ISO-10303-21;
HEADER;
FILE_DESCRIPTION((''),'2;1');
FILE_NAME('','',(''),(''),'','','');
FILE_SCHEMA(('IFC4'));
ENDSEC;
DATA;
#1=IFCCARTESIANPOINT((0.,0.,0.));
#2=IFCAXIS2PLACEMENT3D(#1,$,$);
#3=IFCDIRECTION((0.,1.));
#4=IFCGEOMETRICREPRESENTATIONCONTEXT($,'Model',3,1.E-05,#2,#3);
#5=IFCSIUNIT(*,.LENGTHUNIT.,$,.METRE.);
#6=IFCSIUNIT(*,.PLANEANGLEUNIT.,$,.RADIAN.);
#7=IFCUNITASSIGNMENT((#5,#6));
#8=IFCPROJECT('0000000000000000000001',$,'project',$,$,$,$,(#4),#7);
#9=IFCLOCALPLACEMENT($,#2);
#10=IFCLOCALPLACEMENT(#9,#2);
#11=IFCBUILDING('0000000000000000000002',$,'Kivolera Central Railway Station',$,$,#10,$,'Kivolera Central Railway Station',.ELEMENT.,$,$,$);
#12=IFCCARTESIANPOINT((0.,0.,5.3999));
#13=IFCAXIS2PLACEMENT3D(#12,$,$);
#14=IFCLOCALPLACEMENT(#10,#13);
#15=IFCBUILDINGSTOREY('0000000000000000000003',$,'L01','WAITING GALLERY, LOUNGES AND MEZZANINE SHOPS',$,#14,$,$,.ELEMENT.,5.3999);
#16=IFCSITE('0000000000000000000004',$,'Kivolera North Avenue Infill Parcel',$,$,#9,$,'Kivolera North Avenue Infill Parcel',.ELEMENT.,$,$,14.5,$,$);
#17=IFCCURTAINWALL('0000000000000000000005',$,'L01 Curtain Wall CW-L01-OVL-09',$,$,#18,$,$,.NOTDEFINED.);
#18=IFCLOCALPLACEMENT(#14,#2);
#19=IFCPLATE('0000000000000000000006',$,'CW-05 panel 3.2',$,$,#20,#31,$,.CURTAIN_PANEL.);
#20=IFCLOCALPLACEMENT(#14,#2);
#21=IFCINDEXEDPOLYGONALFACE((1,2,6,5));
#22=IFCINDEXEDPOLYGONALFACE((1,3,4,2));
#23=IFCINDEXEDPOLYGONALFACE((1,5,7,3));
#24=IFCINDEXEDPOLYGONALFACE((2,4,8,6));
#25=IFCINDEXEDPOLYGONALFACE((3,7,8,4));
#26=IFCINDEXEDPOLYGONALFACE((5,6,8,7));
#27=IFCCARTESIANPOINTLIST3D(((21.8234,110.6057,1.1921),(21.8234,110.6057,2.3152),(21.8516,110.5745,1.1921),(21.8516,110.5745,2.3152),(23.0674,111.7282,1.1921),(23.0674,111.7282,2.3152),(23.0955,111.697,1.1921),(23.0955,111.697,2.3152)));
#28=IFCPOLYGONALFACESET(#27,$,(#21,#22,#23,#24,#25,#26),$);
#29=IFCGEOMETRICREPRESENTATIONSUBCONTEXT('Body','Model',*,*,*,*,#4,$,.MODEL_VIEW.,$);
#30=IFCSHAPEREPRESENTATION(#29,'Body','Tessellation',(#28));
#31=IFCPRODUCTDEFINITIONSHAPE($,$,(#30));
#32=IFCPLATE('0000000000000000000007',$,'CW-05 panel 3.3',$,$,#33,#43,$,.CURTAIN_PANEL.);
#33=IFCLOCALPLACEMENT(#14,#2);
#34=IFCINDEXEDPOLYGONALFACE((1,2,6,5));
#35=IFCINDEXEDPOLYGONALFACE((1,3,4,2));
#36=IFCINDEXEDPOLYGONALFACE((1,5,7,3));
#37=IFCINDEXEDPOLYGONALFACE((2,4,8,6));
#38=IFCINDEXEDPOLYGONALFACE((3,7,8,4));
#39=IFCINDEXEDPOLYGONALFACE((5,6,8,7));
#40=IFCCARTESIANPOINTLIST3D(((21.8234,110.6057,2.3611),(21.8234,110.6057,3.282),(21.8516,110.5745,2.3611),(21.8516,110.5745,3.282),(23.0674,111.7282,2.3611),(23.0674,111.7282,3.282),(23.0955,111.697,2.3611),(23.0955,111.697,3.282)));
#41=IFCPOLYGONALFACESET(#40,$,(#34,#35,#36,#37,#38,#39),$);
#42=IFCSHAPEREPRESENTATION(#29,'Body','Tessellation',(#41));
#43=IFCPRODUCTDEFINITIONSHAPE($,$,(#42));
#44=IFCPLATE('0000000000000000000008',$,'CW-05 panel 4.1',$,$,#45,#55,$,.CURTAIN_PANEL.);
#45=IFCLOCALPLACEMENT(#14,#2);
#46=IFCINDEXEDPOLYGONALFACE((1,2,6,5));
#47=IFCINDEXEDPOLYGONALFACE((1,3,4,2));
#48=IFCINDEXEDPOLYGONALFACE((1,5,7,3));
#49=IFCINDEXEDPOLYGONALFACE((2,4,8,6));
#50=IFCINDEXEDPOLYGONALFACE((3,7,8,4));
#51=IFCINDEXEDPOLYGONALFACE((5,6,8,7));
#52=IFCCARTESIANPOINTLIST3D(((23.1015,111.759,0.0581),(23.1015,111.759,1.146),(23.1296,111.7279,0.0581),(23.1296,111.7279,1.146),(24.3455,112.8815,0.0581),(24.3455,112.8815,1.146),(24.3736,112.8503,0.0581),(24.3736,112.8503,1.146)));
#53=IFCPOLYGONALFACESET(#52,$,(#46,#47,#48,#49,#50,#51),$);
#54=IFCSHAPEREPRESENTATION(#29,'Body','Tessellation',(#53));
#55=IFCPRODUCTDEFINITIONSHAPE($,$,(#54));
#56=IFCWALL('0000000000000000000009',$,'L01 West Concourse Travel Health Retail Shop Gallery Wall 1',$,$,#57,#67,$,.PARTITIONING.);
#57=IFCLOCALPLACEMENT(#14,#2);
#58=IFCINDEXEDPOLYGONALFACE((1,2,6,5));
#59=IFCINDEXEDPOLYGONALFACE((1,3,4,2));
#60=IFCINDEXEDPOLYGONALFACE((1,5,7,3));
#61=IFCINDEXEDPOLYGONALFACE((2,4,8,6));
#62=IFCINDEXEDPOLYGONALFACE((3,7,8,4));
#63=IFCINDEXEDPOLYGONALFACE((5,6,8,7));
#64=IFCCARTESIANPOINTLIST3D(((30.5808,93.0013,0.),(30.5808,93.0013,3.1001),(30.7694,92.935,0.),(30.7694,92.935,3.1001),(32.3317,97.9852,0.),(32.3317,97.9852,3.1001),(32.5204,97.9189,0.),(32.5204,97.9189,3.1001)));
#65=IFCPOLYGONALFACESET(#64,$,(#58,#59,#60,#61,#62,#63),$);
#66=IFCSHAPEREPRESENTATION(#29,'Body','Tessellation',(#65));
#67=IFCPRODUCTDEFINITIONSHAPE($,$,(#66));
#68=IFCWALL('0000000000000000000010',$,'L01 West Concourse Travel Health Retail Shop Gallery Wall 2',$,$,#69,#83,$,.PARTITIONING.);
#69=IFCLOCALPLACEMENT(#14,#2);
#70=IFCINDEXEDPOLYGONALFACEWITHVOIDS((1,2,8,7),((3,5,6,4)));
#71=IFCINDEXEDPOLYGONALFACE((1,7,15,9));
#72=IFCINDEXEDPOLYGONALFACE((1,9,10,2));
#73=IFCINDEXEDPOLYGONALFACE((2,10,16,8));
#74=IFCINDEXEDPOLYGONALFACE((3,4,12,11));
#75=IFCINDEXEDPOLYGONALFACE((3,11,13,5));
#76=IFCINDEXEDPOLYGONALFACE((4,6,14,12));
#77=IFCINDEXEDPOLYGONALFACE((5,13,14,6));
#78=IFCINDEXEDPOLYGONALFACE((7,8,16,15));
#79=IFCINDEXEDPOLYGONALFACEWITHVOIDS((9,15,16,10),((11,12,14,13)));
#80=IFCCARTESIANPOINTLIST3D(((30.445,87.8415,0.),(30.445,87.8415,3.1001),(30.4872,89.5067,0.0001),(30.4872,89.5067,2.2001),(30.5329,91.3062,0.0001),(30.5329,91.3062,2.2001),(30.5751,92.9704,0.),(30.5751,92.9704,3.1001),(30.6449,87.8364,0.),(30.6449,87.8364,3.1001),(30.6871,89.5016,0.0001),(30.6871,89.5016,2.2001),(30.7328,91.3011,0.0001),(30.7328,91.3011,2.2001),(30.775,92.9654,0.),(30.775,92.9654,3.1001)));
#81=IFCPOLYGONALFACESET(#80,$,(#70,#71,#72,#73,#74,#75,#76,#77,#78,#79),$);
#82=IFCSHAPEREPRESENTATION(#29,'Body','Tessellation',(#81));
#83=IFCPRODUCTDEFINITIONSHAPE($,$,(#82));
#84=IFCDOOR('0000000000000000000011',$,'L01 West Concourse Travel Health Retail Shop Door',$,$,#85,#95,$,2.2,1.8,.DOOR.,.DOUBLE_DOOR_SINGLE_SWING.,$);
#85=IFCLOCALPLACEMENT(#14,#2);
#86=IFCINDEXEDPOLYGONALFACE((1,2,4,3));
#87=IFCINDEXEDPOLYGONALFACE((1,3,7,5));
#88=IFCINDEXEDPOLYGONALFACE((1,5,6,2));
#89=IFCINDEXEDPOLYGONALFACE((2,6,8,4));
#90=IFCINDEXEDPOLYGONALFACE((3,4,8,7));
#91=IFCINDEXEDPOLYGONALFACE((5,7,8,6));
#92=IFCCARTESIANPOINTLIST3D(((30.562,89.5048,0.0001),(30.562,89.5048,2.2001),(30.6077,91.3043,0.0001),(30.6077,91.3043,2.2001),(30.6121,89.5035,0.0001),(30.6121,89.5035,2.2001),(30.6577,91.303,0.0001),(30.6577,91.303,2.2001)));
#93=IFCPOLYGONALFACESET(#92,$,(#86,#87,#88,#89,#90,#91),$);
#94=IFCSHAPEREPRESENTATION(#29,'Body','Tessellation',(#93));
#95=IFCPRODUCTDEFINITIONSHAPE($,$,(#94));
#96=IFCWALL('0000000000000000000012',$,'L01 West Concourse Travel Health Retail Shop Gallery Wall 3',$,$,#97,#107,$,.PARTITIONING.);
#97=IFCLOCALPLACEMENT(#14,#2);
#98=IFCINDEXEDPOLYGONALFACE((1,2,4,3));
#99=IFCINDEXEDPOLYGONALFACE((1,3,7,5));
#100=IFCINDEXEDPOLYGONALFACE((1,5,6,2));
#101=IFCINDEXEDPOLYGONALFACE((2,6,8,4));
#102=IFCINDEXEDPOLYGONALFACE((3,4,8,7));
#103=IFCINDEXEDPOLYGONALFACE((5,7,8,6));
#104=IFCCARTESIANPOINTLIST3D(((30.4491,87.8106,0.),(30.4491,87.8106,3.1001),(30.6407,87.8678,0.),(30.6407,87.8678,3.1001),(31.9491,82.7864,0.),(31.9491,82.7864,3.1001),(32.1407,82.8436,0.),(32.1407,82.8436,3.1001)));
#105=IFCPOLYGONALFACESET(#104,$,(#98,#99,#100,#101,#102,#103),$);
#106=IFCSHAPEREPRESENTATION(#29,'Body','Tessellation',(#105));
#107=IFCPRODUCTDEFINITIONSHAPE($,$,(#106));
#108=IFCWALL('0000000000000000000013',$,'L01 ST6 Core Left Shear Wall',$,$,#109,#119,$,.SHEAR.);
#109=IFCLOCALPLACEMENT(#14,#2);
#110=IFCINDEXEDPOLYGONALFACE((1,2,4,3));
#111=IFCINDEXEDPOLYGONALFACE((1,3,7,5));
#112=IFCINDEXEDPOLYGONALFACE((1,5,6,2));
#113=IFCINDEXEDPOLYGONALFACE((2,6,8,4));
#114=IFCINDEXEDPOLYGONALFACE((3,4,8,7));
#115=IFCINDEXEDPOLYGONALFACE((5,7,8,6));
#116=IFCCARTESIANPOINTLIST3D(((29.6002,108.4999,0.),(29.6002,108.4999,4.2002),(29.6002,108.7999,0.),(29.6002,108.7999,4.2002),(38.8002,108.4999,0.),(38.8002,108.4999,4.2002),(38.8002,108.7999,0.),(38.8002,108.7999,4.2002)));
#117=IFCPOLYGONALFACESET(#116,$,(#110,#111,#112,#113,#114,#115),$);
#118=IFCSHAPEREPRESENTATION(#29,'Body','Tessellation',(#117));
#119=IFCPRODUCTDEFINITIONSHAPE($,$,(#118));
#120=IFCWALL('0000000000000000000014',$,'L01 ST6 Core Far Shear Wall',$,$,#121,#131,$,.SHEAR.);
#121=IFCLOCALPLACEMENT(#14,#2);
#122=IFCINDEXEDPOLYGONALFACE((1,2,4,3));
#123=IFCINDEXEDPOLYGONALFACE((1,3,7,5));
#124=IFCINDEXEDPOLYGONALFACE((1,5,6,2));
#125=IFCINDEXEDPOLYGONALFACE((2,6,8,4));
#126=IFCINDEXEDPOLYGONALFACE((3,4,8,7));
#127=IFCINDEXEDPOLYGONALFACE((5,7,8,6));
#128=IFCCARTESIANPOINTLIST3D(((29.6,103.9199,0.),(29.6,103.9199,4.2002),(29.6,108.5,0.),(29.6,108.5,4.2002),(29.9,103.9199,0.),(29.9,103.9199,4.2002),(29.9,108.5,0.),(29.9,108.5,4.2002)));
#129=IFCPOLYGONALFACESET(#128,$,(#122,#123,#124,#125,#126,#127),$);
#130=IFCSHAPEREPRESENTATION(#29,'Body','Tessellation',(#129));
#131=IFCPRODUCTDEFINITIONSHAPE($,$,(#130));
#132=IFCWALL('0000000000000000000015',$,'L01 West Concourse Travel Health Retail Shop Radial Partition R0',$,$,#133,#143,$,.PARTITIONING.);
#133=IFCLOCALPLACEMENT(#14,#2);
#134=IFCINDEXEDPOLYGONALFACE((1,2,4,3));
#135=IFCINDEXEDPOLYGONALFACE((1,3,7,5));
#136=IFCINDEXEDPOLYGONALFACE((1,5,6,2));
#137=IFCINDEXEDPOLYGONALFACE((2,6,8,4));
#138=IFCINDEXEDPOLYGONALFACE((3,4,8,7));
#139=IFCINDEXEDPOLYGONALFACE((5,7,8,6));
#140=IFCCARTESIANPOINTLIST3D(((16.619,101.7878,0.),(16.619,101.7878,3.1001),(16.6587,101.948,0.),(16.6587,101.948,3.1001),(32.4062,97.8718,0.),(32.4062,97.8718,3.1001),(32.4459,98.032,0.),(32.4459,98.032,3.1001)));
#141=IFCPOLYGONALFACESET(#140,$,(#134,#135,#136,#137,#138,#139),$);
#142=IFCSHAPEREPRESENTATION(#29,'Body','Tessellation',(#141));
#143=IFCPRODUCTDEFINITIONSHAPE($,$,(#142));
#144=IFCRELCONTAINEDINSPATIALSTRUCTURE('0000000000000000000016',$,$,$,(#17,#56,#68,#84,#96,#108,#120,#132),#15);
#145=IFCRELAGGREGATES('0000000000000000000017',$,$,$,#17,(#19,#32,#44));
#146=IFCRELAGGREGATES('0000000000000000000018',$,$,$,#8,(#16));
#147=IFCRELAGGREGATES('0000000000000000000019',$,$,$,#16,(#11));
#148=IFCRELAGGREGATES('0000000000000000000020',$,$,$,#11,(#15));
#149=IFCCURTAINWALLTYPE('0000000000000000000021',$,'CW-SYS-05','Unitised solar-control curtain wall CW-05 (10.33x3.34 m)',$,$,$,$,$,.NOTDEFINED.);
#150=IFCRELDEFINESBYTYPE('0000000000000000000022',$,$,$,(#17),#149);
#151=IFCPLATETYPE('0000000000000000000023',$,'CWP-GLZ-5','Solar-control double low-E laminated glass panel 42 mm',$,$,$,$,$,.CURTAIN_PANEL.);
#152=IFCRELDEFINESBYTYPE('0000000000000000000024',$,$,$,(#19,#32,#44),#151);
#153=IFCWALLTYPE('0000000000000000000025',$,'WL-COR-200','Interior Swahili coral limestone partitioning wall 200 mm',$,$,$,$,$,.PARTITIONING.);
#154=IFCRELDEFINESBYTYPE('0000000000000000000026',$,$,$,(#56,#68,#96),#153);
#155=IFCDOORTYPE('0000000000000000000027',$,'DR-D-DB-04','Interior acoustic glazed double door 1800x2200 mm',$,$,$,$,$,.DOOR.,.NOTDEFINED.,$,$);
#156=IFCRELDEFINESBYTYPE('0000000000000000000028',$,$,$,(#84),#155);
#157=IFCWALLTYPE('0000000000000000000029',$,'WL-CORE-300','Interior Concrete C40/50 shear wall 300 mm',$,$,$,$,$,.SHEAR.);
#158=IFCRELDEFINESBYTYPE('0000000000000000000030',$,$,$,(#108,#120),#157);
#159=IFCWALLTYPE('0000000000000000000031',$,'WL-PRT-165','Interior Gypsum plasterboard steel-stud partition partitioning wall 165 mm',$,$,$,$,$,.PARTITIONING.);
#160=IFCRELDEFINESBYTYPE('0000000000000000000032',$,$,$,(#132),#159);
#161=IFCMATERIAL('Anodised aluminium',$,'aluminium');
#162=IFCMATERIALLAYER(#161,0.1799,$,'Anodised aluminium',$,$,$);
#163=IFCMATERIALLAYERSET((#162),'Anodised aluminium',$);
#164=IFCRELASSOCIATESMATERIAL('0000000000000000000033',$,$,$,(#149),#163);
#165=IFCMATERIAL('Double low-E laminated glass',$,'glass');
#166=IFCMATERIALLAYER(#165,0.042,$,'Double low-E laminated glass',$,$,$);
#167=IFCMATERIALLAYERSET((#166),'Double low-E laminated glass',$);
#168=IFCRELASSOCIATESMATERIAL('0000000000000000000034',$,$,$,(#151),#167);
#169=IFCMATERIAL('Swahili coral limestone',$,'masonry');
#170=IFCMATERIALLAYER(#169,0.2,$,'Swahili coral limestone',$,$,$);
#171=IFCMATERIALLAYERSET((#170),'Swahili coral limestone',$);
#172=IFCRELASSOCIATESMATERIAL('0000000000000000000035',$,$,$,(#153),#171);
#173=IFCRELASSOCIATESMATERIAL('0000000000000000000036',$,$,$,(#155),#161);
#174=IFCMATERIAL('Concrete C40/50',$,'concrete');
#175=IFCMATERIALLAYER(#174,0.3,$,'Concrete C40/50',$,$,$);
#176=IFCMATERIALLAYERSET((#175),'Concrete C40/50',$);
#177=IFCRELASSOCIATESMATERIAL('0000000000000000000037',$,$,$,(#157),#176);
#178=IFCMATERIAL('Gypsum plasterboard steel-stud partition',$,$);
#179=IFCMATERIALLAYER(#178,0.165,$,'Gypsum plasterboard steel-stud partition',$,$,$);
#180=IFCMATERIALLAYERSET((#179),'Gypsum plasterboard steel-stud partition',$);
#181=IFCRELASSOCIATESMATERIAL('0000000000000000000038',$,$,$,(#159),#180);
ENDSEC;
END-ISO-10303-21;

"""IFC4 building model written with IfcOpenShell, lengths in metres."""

from ifc_helpers import new_model, si_unit, direction, frame, frame_2d, origin, origin_2d, place, context, subcontext, project, spatial, rectangle, extrude, material, layer, layer_set, type_object, element, fill, aggregate, save


model = new_model("IFC4")

# Units and contexts
model_context = context("Model", 3, precision=1e-05, world=origin(), true_north=direction((0.0, 1.0)))
body_context = subcontext(model_context, "Body", "Model", "MODEL_VIEW")
ifc_project = project(units=[si_unit("LENGTHUNIT", "METRE"), si_unit("PLANEANGLEUNIT", "RADIAN")], contexts=[model_context])

# Site, building, storey
site_placement = place(None, origin())
site = spatial("IfcSite", under=ifc_project, at=site_placement, Name="Kivolera North Avenue Infill Parcel", LongName="Kivolera North Avenue Infill Parcel", CompositionType="ELEMENT", RefElevation=14.5)
building_placement = place(site_placement, origin())
building = spatial("IfcBuilding", under=site, at=building_placement, Name="Kivolera Central Railway Station", LongName="Kivolera Central Railway Station", CompositionType="ELEMENT")
storey_placement = place(building_placement, frame((0.0, 0.0, 5.3999)))
storey = spatial("IfcBuildingStorey", under=building, at=storey_placement, Name="L01", Description="WAITING GALLERY, LOUNGES AND MEZZANINE SHOPS", CompositionType="ELEMENT", Elevation=5.3999)

# Shared definitions
ifc_material_1 = material(Name="Concrete C40/50", Category="concrete")

# Curtain wall, plates
ifc_material_2 = material(Name="Anodised aluminium", Category="aluminium")
ifc_layer_1 = layer(ifc_material_2, 0.1799, Name="Anodised aluminium")
ifc_layer_set_1 = layer_set([ifc_layer_1], Name="Anodised aluminium")
curtain_wall_type = type_object("IfcCurtainWallType", Name="CW-SYS-05", Description="Unitised solar-control curtain wall CW-05 (10.33x3.34 m)", PredefinedType="NOTDEFINED", material=ifc_layer_set_1)
curtain_wall_placement = place(storey_placement, origin())
curtain_wall = element("IfcCurtainWall", 1, at=curtain_wall_placement, inside=storey, type_object=curtain_wall_type, Name="L01 Curtain Wall CW-L01-OVL-09", PredefinedType="NOTDEFINED")
ifc_material_3 = material(Name="Double low-E laminated glass", Category="glass")
ifc_layer_2 = layer(ifc_material_3, 0.042, Name="Double low-E laminated glass")
ifc_layer_set_2 = layer_set([ifc_layer_2], Name="Double low-E laminated glass")
plate_type = type_object("IfcPlateType", Name="CWP-GLZ-5", Description="Solar-control double low-E laminated glass panel 42 mm", PredefinedType="CURTAIN_PANEL", material=ifc_layer_set_2)
plate_1_placement = place(storey_placement, frame((22.4595, 111.1514, 1.1921), z_axis=(0.0, 0.0, 1.0), x_axis=(0.742432, 0.669922, 0.0)))
plate_1 = element("IfcPlate", 2, at=plate_1_placement, type_object=plate_type, Name="CW-05 panel 3.2", PredefinedType="CURTAIN_PANEL", context=body_context, shape_type="SweptSolid", body=[
    extrude(rectangle(XDim=1.6755, YDim=0.042, at=origin_2d()), origin(), (0.0, 0.0, 1.0), 1.123),
])
plate_2_placement = place(storey_placement, frame((22.4595, 111.1514, 2.3611), z_axis=(0.0, 0.0, 1.0), x_axis=(0.742432, 0.669922, 0.0)))
plate_2 = element("IfcPlate", 3, at=plate_2_placement, type_object=plate_type, Name="CW-05 panel 3.3", PredefinedType="CURTAIN_PANEL", context=body_context, shape_type="SweptSolid", body=[
    extrude(rectangle(XDim=1.6755, YDim=0.042, at=origin_2d()), origin(), (0.0, 0.0, 1.0), 0.9209),
])
plate_3_placement = place(storey_placement, frame((23.7375, 112.3047, 0.0581), z_axis=(0.0, 0.0, 1.0), x_axis=(0.742432, 0.669922, 0.0)))
plate_3 = element("IfcPlate", 4, at=plate_3_placement, type_object=plate_type, Name="CW-05 panel 4.1", PredefinedType="CURTAIN_PANEL", context=body_context, shape_type="SweptSolid", body=[
    extrude(rectangle(XDim=1.6755, YDim=0.042, at=origin_2d()), origin(), (0.0, 0.0, 1.0), 1.0879),
])
aggregate(curtain_wall, [plate_1, plate_2, plate_3])

# Wall
ifc_material_4 = material(Name="Swahili coral limestone", Category="masonry")
ifc_layer_3 = layer(ifc_material_4, 0.2, Name="Swahili coral limestone")
ifc_layer_set_3 = layer_set([ifc_layer_3], Name="Swahili coral limestone")
wall_type_1 = type_object("IfcWallType", Name="WL-COR-200", Description="Interior Swahili coral limestone partitioning wall 200 mm", PredefinedType="PARTITIONING", material=ifc_layer_set_3)
wall_1_placement = place(storey_placement, frame((32.426, 97.9519, 0.0), z_axis=(0.0, 0.0, 1.0), x_axis=(-0.331466, -0.943467, 0.0)))
element("IfcWall", 5, at=wall_1_placement, inside=storey, type_object=wall_type_1, Name="L01 West Concourse Travel Health Retail Shop Gallery Wall 1", PredefinedType="PARTITIONING", context=body_context, shape_type="SweptSolid", body=[
    extrude(rectangle(XDim=5.2825, YDim=0.2, at=frame_2d((2.6411, 0.0))), origin(), (0.0, 0.0, 1.0), 3.1001),
])

# Wall, opening, door
wall_2_placement = place(storey_placement, frame((30.675, 92.968, 0.0), z_axis=(0.0, 0.0, 1.0), x_axis=(-0.025363, -0.999678, 0.0)))
wall_2 = element("IfcWall", 6, at=wall_2_placement, inside=storey, type_object=wall_type_1, Name="L01 West Concourse Travel Health Retail Shop Gallery Wall 2", PredefinedType="PARTITIONING", context=body_context, shape_type="SweptSolid", body=[
    extrude(rectangle(XDim=5.1306, YDim=0.2, at=frame_2d((2.5654, 0.0))), origin(), (0.0, 0.0, 1.0), 3.1001),
])
opening_placement = place(wall_2_placement, frame((1.665, 0.0, 0.0)))
opening = element("IfcOpeningElement", 7, at=opening_placement, cuts=wall_2, PredefinedType="OPENING", context=body_context, shape_type="SweptSolid", body=[
    extrude(rectangle(XDim=1.8, YDim=2.2, at=frame_2d((0.8999, 1.1001))), frame((0.0, 0.1099, 0.0), z_axis=(0.0, -1.0, 0.0), x_axis=(1.0, 0.0, 0.0)), (0.0, 0.0, 1.0), 0.22),
])
door_type = type_object("IfcDoorType", Name="DR-D-DB-04", Description="Interior acoustic glazed double door 1800x2200 mm", OperationType="NOTDEFINED", PredefinedType="DOOR", material=ifc_material_2)
door_placement = place(opening_placement, origin())
door = element("IfcDoor", 8, at=door_placement, inside=storey, type_object=door_type, Name="L01 West Concourse Travel Health Retail Shop Door", OperationType="DOUBLE_DOOR_SINGLE_SWING", OverallHeight=2.2, OverallWidth=1.8, PredefinedType="DOOR", context=body_context, shape_type="SweptSolid", body=[
    extrude(rectangle(XDim=1.8, YDim=2.2, at=frame_2d((0.8999, 1.1001))), frame((0.0, 0.0249, 0.0), z_axis=(0.0, -1.0, 0.0), x_axis=(1.0, 0.0, 0.0)), (0.0, 0.0, 1.0), 0.05),
])
fill(opening, door)

# Walls
wall_3_placement = place(storey_placement, frame((30.5449, 87.8391, 0.0), z_axis=(0.0, 0.0, 1.0), x_axis=(0.286079, -0.958206, 0.0)))
element("IfcWall", 9, at=wall_3_placement, inside=storey, type_object=wall_type_1, Name="L01 West Concourse Travel Health Retail Shop Gallery Wall 3", PredefinedType="PARTITIONING", context=body_context, shape_type="SweptSolid", body=[
    extrude(rectangle(XDim=5.2434, YDim=0.2, at=frame_2d((2.6216, 0.0))), origin(), (0.0, 0.0, 1.0), 3.1001),
])
ifc_layer_4 = layer(ifc_material_1, 0.3, Name="Concrete C40/50")
ifc_layer_set_4 = layer_set([ifc_layer_4], Name="Concrete C40/50")
wall_type_2 = type_object("IfcWallType", Name="WL-CORE-300", Description="Interior Concrete C40/50 shear wall 300 mm", PredefinedType="SHEAR", material=ifc_layer_set_4)
wall_4_placement = place(storey_placement, frame((29.6001, 108.6499, 0.0), z_axis=(0.0, 0.0, 1.0), x_axis=(1.0, 0.0, 0.0)))
element("IfcWall", 10, at=wall_4_placement, inside=storey, type_object=wall_type_2, Name="L01 ST6 Core Left Shear Wall", PredefinedType="SHEAR", context=body_context, shape_type="SweptSolid", body=[
    extrude(rectangle(XDim=9.2, YDim=0.3, at=frame_2d((4.6001, 0.0))), origin(), (0.0, 0.0, 1.0), 4.2002),
])
wall_5_placement = place(storey_placement, frame((29.75, 103.9199, 0.0), z_axis=(0.0, 0.0, 1.0), x_axis=(0.0, 1.0, 0.0)))
element("IfcWall", 11, at=wall_5_placement, inside=storey, type_object=wall_type_2, Name="L01 ST6 Core Far Shear Wall", PredefinedType="SHEAR", context=body_context, shape_type="SweptSolid", body=[
    extrude(rectangle(XDim=4.5801, YDim=0.3, at=frame_2d((2.29, 0.0))), origin(), (0.0, 0.0, 1.0), 4.2002),
])
ifc_material_5 = material(Name="Gypsum plasterboard steel-stud partition")
ifc_layer_5 = layer(ifc_material_5, 0.165, Name="Gypsum plasterboard steel-stud partition")
ifc_layer_set_5 = layer_set([ifc_layer_5], Name="Gypsum plasterboard steel-stud partition")
wall_type_3 = type_object("IfcWallType", Name="WL-PRT-165", Description="Interior Gypsum plasterboard steel-stud partition partitioning wall 165 mm", PredefinedType="PARTITIONING", material=ifc_layer_set_5)
wall_6_placement = place(storey_placement, frame((32.426, 97.9519, 0.0), z_axis=(0.0, 0.0, 1.0), x_axis=(-0.970586, 0.240755, 0.0)))
element("IfcWall", 12, at=wall_6_placement, inside=storey, type_object=wall_type_3, Name="L01 West Concourse Travel Health Retail Shop Radial Partition R0", PredefinedType="PARTITIONING", context=body_context, shape_type="SweptSolid", body=[
    extrude(rectangle(XDim=16.2656, YDim=0.165, at=frame_2d((8.1328, 0.0))), origin(), (0.0, 0.0, 1.0), 3.1001),
])

save(model, "model.ifc")
